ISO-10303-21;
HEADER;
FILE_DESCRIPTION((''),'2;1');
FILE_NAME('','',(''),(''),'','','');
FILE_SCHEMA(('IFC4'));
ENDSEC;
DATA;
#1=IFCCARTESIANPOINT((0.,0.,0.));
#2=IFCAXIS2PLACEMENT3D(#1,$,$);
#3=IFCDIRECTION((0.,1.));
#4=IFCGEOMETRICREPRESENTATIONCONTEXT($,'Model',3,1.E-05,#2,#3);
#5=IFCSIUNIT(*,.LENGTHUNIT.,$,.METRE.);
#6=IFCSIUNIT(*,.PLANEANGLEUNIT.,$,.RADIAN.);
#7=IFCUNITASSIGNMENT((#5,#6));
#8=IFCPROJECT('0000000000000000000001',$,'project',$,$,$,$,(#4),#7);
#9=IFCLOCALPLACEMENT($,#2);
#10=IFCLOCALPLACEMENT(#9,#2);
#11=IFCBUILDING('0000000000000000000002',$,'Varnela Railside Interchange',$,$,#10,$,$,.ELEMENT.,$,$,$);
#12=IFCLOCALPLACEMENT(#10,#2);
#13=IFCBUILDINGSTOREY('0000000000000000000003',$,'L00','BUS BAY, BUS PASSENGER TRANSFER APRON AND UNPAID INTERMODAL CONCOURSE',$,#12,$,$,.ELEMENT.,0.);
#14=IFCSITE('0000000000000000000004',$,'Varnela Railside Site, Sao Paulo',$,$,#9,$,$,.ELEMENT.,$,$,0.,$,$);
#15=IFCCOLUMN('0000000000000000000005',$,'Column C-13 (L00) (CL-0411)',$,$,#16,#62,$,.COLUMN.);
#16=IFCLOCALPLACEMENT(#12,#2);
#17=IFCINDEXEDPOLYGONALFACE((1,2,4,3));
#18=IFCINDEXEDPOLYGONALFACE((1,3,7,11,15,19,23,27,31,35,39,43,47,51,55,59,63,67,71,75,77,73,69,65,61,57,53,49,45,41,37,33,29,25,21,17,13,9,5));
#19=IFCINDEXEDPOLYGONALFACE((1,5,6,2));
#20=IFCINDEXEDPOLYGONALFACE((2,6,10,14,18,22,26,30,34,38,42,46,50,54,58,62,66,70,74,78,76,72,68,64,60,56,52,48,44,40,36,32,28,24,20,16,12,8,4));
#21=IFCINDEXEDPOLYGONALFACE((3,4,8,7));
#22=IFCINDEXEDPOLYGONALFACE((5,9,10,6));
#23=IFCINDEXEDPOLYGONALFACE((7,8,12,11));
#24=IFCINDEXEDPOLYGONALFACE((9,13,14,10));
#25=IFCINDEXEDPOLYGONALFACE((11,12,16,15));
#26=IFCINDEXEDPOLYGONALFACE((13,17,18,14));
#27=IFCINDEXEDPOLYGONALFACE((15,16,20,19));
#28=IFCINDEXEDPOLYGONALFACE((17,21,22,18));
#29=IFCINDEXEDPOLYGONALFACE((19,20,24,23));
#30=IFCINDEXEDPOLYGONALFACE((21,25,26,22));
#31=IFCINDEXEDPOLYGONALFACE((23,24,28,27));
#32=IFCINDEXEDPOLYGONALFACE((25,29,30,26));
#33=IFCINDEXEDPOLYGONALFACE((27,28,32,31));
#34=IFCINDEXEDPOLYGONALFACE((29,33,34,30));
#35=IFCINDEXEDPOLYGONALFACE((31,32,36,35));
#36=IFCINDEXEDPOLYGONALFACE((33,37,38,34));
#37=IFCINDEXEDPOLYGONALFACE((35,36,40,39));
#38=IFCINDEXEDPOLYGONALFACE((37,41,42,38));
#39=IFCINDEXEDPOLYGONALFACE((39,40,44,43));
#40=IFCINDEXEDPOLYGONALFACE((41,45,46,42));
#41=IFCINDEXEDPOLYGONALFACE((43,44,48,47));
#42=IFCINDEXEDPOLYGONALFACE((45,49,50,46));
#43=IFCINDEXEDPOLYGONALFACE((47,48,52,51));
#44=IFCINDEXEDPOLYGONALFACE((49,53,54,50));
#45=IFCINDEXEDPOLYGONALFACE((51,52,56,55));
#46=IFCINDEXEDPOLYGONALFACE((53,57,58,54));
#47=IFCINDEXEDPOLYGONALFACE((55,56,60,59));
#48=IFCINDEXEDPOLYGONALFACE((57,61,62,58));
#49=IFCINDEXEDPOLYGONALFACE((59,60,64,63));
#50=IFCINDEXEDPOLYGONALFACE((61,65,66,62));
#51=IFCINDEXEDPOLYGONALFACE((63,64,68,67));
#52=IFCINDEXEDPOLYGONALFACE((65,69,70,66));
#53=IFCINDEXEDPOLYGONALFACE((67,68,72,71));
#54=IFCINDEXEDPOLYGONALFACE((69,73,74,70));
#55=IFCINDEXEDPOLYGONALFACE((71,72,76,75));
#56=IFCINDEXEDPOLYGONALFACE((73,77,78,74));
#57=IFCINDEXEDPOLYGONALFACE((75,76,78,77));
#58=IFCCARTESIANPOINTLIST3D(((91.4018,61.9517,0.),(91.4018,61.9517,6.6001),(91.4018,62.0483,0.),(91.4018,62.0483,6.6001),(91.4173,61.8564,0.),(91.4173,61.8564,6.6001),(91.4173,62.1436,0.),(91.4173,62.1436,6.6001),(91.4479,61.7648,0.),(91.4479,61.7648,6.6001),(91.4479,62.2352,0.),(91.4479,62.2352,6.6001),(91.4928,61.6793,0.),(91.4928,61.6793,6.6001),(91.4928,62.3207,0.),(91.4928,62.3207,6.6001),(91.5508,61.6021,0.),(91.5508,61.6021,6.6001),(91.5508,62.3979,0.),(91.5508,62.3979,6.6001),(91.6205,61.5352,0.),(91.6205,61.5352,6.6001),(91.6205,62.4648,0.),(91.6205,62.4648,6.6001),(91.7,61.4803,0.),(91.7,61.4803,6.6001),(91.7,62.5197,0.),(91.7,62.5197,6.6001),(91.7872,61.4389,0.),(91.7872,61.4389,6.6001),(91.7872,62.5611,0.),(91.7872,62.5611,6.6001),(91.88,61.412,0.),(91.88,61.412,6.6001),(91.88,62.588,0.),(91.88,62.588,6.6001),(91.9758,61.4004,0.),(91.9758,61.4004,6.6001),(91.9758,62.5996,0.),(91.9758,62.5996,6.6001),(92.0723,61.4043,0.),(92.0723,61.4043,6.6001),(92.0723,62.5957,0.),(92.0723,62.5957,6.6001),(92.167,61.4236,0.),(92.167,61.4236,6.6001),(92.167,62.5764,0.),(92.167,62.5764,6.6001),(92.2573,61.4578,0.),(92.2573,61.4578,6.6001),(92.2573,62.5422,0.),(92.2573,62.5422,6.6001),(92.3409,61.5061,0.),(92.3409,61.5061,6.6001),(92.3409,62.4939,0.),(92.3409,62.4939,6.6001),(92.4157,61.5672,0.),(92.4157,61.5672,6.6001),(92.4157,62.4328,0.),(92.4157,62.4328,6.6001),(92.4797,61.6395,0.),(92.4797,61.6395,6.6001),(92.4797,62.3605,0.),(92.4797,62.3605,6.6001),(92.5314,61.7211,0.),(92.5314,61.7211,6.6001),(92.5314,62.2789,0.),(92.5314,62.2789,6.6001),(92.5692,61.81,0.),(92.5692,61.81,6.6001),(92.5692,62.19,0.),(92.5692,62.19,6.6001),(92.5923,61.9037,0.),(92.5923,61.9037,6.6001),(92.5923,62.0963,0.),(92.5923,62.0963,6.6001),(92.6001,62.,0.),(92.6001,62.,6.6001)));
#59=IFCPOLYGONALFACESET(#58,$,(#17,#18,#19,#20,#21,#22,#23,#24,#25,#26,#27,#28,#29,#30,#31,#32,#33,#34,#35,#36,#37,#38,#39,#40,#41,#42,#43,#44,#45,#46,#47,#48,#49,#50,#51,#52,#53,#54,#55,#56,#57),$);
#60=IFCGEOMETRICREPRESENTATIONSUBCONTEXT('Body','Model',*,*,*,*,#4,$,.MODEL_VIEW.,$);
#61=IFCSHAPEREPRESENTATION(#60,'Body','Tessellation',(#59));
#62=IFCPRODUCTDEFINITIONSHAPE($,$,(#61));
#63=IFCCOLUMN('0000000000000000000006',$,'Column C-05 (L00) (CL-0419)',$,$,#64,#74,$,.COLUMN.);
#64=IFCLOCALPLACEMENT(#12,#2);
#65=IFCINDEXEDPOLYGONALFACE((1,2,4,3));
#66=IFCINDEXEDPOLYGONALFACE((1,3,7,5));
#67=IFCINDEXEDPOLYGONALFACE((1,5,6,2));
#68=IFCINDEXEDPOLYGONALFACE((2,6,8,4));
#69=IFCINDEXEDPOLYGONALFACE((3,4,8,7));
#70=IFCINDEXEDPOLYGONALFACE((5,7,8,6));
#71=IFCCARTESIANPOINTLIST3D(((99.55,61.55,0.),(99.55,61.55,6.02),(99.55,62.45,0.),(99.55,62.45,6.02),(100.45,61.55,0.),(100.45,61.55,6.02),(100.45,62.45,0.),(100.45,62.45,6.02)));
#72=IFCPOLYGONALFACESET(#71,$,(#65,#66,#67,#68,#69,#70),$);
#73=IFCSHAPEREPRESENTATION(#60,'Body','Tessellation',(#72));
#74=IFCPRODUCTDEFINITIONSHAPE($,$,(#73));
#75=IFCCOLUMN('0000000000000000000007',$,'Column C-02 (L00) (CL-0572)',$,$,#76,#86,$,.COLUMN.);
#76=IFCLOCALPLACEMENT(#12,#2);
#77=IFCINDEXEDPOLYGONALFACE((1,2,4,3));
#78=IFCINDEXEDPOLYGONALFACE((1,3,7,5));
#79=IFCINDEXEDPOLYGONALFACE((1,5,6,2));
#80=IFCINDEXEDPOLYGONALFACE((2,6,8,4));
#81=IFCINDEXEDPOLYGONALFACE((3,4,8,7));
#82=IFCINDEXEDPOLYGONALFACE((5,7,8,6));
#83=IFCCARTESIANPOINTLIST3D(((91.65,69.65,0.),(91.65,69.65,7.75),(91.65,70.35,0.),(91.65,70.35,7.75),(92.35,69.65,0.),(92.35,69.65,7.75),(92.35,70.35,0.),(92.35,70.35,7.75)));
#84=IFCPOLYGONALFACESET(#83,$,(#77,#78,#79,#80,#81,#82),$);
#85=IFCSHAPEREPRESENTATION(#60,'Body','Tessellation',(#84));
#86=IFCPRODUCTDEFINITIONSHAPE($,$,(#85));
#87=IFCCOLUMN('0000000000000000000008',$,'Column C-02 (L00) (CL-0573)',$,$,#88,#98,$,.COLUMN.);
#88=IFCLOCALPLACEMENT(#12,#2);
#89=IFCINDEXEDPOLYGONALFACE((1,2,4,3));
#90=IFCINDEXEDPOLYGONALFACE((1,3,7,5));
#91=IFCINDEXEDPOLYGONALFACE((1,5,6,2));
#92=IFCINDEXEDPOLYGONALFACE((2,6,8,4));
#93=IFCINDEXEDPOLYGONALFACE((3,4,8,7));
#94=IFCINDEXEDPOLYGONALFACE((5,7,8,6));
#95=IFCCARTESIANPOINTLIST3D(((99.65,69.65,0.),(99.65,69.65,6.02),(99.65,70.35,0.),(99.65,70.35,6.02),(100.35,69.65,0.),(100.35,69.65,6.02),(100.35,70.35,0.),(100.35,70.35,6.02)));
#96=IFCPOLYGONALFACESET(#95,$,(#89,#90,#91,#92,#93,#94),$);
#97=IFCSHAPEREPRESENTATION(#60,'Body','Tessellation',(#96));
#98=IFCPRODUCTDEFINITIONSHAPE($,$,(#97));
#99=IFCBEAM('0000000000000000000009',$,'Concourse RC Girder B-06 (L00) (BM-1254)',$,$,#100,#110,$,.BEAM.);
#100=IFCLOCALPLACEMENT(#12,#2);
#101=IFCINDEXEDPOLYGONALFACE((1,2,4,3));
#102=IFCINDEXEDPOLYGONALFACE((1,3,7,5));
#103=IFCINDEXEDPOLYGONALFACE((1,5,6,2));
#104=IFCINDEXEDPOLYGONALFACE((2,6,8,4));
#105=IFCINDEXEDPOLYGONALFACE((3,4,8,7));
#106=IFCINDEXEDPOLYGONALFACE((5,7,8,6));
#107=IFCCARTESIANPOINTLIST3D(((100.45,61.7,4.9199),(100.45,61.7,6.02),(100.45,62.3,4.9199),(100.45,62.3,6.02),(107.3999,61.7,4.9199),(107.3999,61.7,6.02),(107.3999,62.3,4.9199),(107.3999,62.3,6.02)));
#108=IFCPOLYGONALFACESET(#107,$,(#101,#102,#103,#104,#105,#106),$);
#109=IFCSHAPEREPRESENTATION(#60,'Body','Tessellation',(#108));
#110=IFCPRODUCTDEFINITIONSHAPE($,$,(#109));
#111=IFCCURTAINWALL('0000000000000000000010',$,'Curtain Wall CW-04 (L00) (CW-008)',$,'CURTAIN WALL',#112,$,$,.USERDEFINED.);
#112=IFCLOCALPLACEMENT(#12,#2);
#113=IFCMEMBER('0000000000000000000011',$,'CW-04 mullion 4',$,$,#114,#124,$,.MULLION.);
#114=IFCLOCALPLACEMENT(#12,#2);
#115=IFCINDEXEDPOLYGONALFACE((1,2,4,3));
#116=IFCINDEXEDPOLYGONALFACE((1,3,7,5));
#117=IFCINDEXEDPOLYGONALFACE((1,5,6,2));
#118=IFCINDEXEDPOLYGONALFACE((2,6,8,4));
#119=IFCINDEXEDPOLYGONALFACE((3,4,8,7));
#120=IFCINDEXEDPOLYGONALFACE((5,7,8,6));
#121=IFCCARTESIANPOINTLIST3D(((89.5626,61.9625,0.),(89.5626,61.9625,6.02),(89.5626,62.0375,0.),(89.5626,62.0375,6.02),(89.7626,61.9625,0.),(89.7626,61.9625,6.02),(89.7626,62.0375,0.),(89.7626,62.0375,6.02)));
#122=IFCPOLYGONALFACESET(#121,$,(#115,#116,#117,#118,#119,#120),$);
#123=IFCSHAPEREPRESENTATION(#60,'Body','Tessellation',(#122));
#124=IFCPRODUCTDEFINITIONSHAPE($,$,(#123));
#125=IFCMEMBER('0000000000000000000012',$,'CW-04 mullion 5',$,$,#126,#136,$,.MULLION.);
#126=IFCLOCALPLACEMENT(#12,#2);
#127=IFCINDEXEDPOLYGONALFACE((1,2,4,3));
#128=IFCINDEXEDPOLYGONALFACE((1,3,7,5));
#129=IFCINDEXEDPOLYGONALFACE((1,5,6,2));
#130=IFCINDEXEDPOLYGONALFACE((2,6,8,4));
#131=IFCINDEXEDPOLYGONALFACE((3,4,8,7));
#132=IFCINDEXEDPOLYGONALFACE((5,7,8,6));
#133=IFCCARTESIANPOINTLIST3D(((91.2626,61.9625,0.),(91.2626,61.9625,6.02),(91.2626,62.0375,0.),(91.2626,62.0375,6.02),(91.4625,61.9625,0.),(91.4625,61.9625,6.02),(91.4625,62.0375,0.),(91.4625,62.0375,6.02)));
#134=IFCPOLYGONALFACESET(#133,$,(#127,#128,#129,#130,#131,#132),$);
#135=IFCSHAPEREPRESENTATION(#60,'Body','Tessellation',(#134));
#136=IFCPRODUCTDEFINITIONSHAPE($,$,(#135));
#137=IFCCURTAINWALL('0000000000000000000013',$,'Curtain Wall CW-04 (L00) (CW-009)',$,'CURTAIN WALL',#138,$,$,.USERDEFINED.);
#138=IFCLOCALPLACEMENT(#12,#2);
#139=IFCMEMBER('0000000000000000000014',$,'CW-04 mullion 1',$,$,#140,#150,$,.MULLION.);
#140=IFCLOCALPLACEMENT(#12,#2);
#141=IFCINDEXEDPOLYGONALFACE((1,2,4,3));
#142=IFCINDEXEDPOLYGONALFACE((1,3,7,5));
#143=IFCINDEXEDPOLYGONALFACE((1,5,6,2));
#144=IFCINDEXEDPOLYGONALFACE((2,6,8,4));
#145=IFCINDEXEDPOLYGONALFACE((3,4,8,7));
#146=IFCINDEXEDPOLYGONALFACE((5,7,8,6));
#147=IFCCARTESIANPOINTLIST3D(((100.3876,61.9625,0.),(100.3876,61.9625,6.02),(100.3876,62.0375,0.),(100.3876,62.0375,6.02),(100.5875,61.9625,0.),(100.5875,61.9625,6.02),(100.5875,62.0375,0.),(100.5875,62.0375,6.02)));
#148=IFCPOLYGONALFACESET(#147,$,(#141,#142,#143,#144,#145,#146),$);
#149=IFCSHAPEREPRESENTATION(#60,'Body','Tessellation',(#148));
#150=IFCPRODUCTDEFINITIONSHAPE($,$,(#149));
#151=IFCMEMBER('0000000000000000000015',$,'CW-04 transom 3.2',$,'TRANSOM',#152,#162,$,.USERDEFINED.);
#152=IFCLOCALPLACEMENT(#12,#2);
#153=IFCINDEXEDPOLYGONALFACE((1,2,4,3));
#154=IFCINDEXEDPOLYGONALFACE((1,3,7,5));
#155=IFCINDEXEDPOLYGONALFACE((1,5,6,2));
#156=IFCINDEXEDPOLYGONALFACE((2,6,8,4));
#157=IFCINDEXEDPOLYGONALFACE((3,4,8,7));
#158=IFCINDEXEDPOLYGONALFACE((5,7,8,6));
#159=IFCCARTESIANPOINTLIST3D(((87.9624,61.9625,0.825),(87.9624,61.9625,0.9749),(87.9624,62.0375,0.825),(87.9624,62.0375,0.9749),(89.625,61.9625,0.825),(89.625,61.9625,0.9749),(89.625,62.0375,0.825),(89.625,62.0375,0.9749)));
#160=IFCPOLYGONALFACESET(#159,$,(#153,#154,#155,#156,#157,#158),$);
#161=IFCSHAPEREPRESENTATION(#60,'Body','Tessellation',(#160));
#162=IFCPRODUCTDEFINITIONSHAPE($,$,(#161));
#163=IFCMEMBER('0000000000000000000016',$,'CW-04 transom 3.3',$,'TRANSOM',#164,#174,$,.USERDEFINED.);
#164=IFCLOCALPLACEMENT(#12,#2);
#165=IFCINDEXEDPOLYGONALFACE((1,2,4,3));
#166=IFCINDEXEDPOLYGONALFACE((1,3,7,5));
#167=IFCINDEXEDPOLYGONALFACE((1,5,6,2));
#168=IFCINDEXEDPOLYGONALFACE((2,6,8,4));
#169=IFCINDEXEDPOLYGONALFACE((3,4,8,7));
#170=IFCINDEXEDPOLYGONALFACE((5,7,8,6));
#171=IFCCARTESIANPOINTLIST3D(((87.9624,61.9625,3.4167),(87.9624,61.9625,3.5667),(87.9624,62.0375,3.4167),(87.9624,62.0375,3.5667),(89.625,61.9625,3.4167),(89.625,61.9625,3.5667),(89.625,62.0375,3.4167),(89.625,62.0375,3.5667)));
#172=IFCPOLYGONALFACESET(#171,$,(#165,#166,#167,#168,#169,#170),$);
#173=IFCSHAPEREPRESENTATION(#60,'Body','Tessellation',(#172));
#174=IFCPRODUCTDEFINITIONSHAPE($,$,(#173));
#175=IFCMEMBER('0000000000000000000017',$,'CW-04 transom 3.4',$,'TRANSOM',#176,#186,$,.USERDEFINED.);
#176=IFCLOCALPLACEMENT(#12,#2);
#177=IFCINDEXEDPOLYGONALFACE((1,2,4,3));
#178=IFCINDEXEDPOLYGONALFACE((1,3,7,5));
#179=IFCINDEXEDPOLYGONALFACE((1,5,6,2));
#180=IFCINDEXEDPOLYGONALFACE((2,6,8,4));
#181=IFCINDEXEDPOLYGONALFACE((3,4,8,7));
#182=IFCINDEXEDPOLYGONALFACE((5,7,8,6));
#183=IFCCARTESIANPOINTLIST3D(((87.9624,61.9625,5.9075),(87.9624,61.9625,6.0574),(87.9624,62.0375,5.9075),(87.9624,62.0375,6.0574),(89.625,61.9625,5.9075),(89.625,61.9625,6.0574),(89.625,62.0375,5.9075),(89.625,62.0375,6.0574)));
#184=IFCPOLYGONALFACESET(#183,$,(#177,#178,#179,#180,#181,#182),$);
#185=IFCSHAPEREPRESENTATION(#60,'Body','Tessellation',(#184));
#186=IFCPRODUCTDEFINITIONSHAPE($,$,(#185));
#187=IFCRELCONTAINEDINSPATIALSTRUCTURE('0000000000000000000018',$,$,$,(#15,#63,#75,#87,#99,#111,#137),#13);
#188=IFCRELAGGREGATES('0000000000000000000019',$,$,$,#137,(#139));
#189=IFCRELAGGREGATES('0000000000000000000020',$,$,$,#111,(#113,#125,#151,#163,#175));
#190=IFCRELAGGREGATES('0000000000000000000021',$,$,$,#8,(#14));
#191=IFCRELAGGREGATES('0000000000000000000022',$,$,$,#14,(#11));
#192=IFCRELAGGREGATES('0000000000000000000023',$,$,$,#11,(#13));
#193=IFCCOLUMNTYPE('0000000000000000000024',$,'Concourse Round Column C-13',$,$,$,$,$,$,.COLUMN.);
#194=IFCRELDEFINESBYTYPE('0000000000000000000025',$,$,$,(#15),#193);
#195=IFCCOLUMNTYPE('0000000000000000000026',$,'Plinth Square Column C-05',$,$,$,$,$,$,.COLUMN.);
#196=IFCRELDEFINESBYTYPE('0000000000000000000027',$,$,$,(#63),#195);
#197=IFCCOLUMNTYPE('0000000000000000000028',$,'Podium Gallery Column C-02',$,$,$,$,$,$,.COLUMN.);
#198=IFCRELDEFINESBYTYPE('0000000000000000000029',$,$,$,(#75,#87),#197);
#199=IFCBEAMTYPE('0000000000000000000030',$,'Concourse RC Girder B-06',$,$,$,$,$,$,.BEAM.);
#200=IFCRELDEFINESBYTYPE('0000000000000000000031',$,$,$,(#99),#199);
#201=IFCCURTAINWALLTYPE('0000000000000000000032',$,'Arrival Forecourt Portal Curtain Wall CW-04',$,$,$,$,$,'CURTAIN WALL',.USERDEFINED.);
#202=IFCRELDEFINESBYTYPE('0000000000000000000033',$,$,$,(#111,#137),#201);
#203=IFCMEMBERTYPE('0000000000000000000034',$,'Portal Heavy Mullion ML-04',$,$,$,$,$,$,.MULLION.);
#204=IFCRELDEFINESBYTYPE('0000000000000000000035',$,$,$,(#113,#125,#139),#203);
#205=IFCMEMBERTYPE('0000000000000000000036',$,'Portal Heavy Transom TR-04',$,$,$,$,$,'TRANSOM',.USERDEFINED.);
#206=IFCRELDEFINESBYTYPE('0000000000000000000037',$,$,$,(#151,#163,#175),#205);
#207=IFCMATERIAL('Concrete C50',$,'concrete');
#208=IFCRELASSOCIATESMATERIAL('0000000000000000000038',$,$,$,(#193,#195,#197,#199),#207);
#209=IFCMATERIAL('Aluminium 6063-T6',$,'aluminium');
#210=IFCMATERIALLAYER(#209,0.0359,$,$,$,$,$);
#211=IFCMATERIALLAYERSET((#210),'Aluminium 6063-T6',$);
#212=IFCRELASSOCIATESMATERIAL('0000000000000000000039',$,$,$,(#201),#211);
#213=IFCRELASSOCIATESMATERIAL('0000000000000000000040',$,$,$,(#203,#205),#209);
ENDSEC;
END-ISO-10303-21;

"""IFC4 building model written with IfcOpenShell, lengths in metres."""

from ifc_helpers import new_model, si_unit, direction, frame, origin, origin_2d, place, context, subcontext, project, spatial, rectangle, circle, extrude, material, layer, layer_set, material_profile, profile_set, type_object, element, aggregate, save


model = new_model("IFC4")

# Units and contexts
model_context = context("Model", 3, precision=1e-05, world=origin(), true_north=direction((0.0, 1.0)))
body_context = subcontext(model_context, "Body", "Model", "MODEL_VIEW")
ifc_project = project(units=[si_unit("LENGTHUNIT", "METRE"), si_unit("PLANEANGLEUNIT", "RADIAN")], contexts=[model_context])

# Site, building, storey
site_placement = place(None, origin())
site = spatial("IfcSite", under=ifc_project, at=site_placement, Name="Varnela Railside Site, Sao Paulo", CompositionType="ELEMENT", RefElevation=0.0)
building_placement = place(site_placement, origin())
building = spatial("IfcBuilding", under=site, at=building_placement, Name="Varnela Railside Interchange", CompositionType="ELEMENT")
storey_placement = place(building_placement, origin())
storey = spatial("IfcBuildingStorey", under=building, at=storey_placement, Name="L00", Description="BUS BAY, BUS PASSENGER TRANSFER APRON AND UNPAID INTERMODAL CONCOURSE", CompositionType="ELEMENT", Elevation=0.0)

# Columns
ifc_material_1 = material(Name="Concrete C50", Category="concrete")
ifc_material_profile_1 = material_profile(ifc_material_1, circle(Radius=0.6001, at=origin_2d()), Name="CIRC D1200")
ifc_profile_set_1 = profile_set([ifc_material_profile_1], Name="Concrete C50")
column_type_1 = type_object("IfcColumnType", Name="Concourse Round Column C-13", PredefinedType="COLUMN", material=ifc_profile_set_1)
column_1_placement = place(storey_placement, frame((92.0, 62.0, 0.0), z_axis=(0.0, 0.0, 1.0), x_axis=(1.0, 0.0, 0.0)))
element("IfcColumn", 1, at=column_1_placement, inside=storey, type_object=column_type_1, Name="Column C-13 (L00) (CL-0411)", PredefinedType="COLUMN", context=body_context, shape_type="SweptSolid", body=[
    extrude(circle(Radius=0.6001, at=origin_2d()), origin(), (0.0, 0.0, 1.0), 6.6001),
])
ifc_material_profile_2 = material_profile(ifc_material_1, rectangle(XDim=0.8999, YDim=0.8999, at=origin_2d()), Name="RC 900x900")
ifc_profile_set_2 = profile_set([ifc_material_profile_2], Name="Concrete C50")
column_type_2 = type_object("IfcColumnType", Name="Plinth Square Column C-05", PredefinedType="COLUMN", material=ifc_profile_set_2)
column_2_placement = place(storey_placement, frame((100.0, 62.0, 0.0), z_axis=(0.0, 0.0, 1.0), x_axis=(1.0, 0.0, 0.0)))
element("IfcColumn", 2, at=column_2_placement, inside=storey, type_object=column_type_2, Name="Column C-05 (L00) (CL-0419)", PredefinedType="COLUMN", context=body_context, shape_type="SweptSolid", body=[
    extrude(rectangle(XDim=0.8999, YDim=0.8999, at=origin_2d()), origin(), (0.0, 0.0, 1.0), 6.02),
])
ifc_material_profile_3 = material_profile(ifc_material_1, rectangle(XDim=0.7, YDim=0.7, at=origin_2d()), Name="RC 700x700")
ifc_profile_set_3 = profile_set([ifc_material_profile_3], Name="Concrete C50")
column_type_3 = type_object("IfcColumnType", Name="Podium Gallery Column C-02", PredefinedType="COLUMN", material=ifc_profile_set_3)
column_3_placement = place(storey_placement, frame((92.0, 70.0, 0.0), z_axis=(0.0, 0.0, 1.0), x_axis=(1.0, 0.0, 0.0)))
element("IfcColumn", 3, at=column_3_placement, inside=storey, type_object=column_type_3, Name="Column C-02 (L00) (CL-0572)", PredefinedType="COLUMN", context=body_context, shape_type="SweptSolid", body=[
    extrude(rectangle(XDim=0.7, YDim=0.7, at=origin_2d()), origin(), (0.0, 0.0, 1.0), 7.75),
])
column_4_placement = place(storey_placement, frame((100.0, 70.0, 0.0), z_axis=(0.0, 0.0, 1.0), x_axis=(1.0, 0.0, 0.0)))
element("IfcColumn", 4, at=column_4_placement, inside=storey, type_object=column_type_3, Name="Column C-02 (L00) (CL-0573)", PredefinedType="COLUMN", context=body_context, shape_type="SweptSolid", body=[
    extrude(rectangle(XDim=0.7, YDim=0.7, at=origin_2d()), origin(), (0.0, 0.0, 1.0), 6.02),
])

# Beam
ifc_material_profile_4 = material_profile(ifc_material_1, rectangle(XDim=0.6001, YDim=1.1001, at=origin_2d()), Name="RC 600x1100")
ifc_profile_set_4 = profile_set([ifc_material_profile_4], Name="Concrete C50")
beam_type = type_object("IfcBeamType", Name="Concourse RC Girder B-06", PredefinedType="BEAM", material=ifc_profile_set_4)
beam_placement = place(storey_placement, frame((100.45, 62.0, 5.47), z_axis=(1.0, 0.0, 0.0), x_axis=(0.0, 1.0, 0.0)))
element("IfcBeam", 5, at=beam_placement, inside=storey, type_object=beam_type, Name="Concourse RC Girder B-06 (L00) (BM-1254)", PredefinedType="BEAM", context=body_context, shape_type="SweptSolid", body=[
    extrude(rectangle(XDim=0.6001, YDim=1.1001, at=origin_2d()), origin(), (0.0, 0.0, 1.0), 6.95),
])

# Curtain wall, members
ifc_material_2 = material(Name="Aluminium 6063-T6", Category="aluminium")
ifc_layer_1 = layer(ifc_material_2, 0.0359)
ifc_layer_set_1 = layer_set([ifc_layer_1], Name="Aluminium 6063-T6")
curtain_wall_type = type_object("IfcCurtainWallType", Name="Arrival Forecourt Portal Curtain Wall CW-04", ElementType="CURTAIN WALL", PredefinedType="USERDEFINED", material=ifc_layer_set_1)
curtain_wall_1_placement = place(storey_placement, origin())
curtain_wall_1 = element("IfcCurtainWall", 6, at=curtain_wall_1_placement, inside=storey, type_object=curtain_wall_type, Name="Curtain Wall CW-04 (L00) (CW-008)", ObjectType="CURTAIN WALL", PredefinedType="USERDEFINED")
ifc_material_profile_5 = material_profile(ifc_material_2, rectangle(XDim=0.075, YDim=0.2, at=origin_2d()), Name="ALU 75x200")
ifc_profile_set_5 = profile_set([ifc_material_profile_5], Name="Aluminium 6063-T6")
member_type_1 = type_object("IfcMemberType", Name="Portal Heavy Mullion ML-04", PredefinedType="MULLION", material=ifc_profile_set_5)
member_1_placement = place(storey_placement, frame((89.6626, 62.0, 0.0), z_axis=(0.0, 0.0, 1.0), x_axis=(0.0, 1.0, 0.0)))
member_1 = element("IfcMember", 7, at=member_1_placement, type_object=member_type_1, Name="CW-04 mullion 4", PredefinedType="MULLION", context=body_context, shape_type="SweptSolid", body=[
    extrude(rectangle(XDim=0.075, YDim=0.2, at=origin_2d()), origin(), (0.0, 0.0, 1.0), 6.02),
])
member_2_placement = place(storey_placement, frame((91.3625, 62.0, 0.0), z_axis=(0.0, 0.0, 1.0), x_axis=(0.0, 1.0, 0.0)))
member_2 = element("IfcMember", 8, at=member_2_placement, type_object=member_type_1, Name="CW-04 mullion 5", PredefinedType="MULLION", context=body_context, shape_type="SweptSolid", body=[
    extrude(rectangle(XDim=0.075, YDim=0.2, at=origin_2d()), origin(), (0.0, 0.0, 1.0), 6.02),
])

# Curtain wall, member
curtain_wall_2_placement = place(storey_placement, origin())
curtain_wall_2 = element("IfcCurtainWall", 9, at=curtain_wall_2_placement, inside=storey, type_object=curtain_wall_type, Name="Curtain Wall CW-04 (L00) (CW-009)", ObjectType="CURTAIN WALL", PredefinedType="USERDEFINED")
member_3_placement = place(storey_placement, frame((100.4875, 62.0, 0.0), z_axis=(0.0, 0.0, 1.0), x_axis=(0.0, 1.0, 0.0)))
member_3 = element("IfcMember", 10, at=member_3_placement, type_object=member_type_1, Name="CW-04 mullion 1", PredefinedType="MULLION", context=body_context, shape_type="SweptSolid", body=[
    extrude(rectangle(XDim=0.075, YDim=0.2, at=origin_2d()), origin(), (0.0, 0.0, 1.0), 6.02),
])

# Members
ifc_material_profile_6 = material_profile(ifc_material_2, rectangle(XDim=0.075, YDim=0.1499, at=origin_2d()), Name="ALU 75x150")
ifc_profile_set_6 = profile_set([ifc_material_profile_6], Name="Aluminium 6063-T6")
member_type_2 = type_object("IfcMemberType", Name="Portal Heavy Transom TR-04", ElementType="TRANSOM", PredefinedType="USERDEFINED", material=ifc_profile_set_6)
member_4_placement = place(storey_placement, frame((87.9624, 62.0, 0.8999), z_axis=(1.0, 0.0, 0.0), x_axis=(0.0, 1.0, 0.0)))
member_4 = element("IfcMember", 11, at=member_4_placement, type_object=member_type_2, Name="CW-04 transom 3.2", ObjectType="TRANSOM", PredefinedType="USERDEFINED", context=body_context, shape_type="SweptSolid", body=[
    extrude(rectangle(XDim=0.075, YDim=0.1499, at=origin_2d()), origin(), (0.0, 0.0, 1.0), 1.6626),
])
member_5_placement = place(storey_placement, frame((87.9624, 62.0, 3.4917), z_axis=(1.0, 0.0, 0.0), x_axis=(0.0, 1.0, 0.0)))
member_5 = element("IfcMember", 12, at=member_5_placement, type_object=member_type_2, Name="CW-04 transom 3.3", ObjectType="TRANSOM", PredefinedType="USERDEFINED", context=body_context, shape_type="SweptSolid", body=[
    extrude(rectangle(XDim=0.075, YDim=0.1499, at=origin_2d()), origin(), (0.0, 0.0, 1.0), 1.6626),
])
member_6_placement = place(storey_placement, frame((87.9624, 62.0, 5.9824), z_axis=(1.0, 0.0, 0.0), x_axis=(0.0, 1.0, 0.0)))
member_6 = element("IfcMember", 13, at=member_6_placement, type_object=member_type_2, Name="CW-04 transom 3.4", ObjectType="TRANSOM", PredefinedType="USERDEFINED", context=body_context, shape_type="SweptSolid", body=[
    extrude(rectangle(XDim=0.075, YDim=0.1499, at=origin_2d()), origin(), (0.0, 0.0, 1.0), 1.6626),
])
aggregate(curtain_wall_2, [member_3])

aggregate(curtain_wall_1, [member_1, member_2, member_4, member_5, member_6])

save(model, "model.ifc")
